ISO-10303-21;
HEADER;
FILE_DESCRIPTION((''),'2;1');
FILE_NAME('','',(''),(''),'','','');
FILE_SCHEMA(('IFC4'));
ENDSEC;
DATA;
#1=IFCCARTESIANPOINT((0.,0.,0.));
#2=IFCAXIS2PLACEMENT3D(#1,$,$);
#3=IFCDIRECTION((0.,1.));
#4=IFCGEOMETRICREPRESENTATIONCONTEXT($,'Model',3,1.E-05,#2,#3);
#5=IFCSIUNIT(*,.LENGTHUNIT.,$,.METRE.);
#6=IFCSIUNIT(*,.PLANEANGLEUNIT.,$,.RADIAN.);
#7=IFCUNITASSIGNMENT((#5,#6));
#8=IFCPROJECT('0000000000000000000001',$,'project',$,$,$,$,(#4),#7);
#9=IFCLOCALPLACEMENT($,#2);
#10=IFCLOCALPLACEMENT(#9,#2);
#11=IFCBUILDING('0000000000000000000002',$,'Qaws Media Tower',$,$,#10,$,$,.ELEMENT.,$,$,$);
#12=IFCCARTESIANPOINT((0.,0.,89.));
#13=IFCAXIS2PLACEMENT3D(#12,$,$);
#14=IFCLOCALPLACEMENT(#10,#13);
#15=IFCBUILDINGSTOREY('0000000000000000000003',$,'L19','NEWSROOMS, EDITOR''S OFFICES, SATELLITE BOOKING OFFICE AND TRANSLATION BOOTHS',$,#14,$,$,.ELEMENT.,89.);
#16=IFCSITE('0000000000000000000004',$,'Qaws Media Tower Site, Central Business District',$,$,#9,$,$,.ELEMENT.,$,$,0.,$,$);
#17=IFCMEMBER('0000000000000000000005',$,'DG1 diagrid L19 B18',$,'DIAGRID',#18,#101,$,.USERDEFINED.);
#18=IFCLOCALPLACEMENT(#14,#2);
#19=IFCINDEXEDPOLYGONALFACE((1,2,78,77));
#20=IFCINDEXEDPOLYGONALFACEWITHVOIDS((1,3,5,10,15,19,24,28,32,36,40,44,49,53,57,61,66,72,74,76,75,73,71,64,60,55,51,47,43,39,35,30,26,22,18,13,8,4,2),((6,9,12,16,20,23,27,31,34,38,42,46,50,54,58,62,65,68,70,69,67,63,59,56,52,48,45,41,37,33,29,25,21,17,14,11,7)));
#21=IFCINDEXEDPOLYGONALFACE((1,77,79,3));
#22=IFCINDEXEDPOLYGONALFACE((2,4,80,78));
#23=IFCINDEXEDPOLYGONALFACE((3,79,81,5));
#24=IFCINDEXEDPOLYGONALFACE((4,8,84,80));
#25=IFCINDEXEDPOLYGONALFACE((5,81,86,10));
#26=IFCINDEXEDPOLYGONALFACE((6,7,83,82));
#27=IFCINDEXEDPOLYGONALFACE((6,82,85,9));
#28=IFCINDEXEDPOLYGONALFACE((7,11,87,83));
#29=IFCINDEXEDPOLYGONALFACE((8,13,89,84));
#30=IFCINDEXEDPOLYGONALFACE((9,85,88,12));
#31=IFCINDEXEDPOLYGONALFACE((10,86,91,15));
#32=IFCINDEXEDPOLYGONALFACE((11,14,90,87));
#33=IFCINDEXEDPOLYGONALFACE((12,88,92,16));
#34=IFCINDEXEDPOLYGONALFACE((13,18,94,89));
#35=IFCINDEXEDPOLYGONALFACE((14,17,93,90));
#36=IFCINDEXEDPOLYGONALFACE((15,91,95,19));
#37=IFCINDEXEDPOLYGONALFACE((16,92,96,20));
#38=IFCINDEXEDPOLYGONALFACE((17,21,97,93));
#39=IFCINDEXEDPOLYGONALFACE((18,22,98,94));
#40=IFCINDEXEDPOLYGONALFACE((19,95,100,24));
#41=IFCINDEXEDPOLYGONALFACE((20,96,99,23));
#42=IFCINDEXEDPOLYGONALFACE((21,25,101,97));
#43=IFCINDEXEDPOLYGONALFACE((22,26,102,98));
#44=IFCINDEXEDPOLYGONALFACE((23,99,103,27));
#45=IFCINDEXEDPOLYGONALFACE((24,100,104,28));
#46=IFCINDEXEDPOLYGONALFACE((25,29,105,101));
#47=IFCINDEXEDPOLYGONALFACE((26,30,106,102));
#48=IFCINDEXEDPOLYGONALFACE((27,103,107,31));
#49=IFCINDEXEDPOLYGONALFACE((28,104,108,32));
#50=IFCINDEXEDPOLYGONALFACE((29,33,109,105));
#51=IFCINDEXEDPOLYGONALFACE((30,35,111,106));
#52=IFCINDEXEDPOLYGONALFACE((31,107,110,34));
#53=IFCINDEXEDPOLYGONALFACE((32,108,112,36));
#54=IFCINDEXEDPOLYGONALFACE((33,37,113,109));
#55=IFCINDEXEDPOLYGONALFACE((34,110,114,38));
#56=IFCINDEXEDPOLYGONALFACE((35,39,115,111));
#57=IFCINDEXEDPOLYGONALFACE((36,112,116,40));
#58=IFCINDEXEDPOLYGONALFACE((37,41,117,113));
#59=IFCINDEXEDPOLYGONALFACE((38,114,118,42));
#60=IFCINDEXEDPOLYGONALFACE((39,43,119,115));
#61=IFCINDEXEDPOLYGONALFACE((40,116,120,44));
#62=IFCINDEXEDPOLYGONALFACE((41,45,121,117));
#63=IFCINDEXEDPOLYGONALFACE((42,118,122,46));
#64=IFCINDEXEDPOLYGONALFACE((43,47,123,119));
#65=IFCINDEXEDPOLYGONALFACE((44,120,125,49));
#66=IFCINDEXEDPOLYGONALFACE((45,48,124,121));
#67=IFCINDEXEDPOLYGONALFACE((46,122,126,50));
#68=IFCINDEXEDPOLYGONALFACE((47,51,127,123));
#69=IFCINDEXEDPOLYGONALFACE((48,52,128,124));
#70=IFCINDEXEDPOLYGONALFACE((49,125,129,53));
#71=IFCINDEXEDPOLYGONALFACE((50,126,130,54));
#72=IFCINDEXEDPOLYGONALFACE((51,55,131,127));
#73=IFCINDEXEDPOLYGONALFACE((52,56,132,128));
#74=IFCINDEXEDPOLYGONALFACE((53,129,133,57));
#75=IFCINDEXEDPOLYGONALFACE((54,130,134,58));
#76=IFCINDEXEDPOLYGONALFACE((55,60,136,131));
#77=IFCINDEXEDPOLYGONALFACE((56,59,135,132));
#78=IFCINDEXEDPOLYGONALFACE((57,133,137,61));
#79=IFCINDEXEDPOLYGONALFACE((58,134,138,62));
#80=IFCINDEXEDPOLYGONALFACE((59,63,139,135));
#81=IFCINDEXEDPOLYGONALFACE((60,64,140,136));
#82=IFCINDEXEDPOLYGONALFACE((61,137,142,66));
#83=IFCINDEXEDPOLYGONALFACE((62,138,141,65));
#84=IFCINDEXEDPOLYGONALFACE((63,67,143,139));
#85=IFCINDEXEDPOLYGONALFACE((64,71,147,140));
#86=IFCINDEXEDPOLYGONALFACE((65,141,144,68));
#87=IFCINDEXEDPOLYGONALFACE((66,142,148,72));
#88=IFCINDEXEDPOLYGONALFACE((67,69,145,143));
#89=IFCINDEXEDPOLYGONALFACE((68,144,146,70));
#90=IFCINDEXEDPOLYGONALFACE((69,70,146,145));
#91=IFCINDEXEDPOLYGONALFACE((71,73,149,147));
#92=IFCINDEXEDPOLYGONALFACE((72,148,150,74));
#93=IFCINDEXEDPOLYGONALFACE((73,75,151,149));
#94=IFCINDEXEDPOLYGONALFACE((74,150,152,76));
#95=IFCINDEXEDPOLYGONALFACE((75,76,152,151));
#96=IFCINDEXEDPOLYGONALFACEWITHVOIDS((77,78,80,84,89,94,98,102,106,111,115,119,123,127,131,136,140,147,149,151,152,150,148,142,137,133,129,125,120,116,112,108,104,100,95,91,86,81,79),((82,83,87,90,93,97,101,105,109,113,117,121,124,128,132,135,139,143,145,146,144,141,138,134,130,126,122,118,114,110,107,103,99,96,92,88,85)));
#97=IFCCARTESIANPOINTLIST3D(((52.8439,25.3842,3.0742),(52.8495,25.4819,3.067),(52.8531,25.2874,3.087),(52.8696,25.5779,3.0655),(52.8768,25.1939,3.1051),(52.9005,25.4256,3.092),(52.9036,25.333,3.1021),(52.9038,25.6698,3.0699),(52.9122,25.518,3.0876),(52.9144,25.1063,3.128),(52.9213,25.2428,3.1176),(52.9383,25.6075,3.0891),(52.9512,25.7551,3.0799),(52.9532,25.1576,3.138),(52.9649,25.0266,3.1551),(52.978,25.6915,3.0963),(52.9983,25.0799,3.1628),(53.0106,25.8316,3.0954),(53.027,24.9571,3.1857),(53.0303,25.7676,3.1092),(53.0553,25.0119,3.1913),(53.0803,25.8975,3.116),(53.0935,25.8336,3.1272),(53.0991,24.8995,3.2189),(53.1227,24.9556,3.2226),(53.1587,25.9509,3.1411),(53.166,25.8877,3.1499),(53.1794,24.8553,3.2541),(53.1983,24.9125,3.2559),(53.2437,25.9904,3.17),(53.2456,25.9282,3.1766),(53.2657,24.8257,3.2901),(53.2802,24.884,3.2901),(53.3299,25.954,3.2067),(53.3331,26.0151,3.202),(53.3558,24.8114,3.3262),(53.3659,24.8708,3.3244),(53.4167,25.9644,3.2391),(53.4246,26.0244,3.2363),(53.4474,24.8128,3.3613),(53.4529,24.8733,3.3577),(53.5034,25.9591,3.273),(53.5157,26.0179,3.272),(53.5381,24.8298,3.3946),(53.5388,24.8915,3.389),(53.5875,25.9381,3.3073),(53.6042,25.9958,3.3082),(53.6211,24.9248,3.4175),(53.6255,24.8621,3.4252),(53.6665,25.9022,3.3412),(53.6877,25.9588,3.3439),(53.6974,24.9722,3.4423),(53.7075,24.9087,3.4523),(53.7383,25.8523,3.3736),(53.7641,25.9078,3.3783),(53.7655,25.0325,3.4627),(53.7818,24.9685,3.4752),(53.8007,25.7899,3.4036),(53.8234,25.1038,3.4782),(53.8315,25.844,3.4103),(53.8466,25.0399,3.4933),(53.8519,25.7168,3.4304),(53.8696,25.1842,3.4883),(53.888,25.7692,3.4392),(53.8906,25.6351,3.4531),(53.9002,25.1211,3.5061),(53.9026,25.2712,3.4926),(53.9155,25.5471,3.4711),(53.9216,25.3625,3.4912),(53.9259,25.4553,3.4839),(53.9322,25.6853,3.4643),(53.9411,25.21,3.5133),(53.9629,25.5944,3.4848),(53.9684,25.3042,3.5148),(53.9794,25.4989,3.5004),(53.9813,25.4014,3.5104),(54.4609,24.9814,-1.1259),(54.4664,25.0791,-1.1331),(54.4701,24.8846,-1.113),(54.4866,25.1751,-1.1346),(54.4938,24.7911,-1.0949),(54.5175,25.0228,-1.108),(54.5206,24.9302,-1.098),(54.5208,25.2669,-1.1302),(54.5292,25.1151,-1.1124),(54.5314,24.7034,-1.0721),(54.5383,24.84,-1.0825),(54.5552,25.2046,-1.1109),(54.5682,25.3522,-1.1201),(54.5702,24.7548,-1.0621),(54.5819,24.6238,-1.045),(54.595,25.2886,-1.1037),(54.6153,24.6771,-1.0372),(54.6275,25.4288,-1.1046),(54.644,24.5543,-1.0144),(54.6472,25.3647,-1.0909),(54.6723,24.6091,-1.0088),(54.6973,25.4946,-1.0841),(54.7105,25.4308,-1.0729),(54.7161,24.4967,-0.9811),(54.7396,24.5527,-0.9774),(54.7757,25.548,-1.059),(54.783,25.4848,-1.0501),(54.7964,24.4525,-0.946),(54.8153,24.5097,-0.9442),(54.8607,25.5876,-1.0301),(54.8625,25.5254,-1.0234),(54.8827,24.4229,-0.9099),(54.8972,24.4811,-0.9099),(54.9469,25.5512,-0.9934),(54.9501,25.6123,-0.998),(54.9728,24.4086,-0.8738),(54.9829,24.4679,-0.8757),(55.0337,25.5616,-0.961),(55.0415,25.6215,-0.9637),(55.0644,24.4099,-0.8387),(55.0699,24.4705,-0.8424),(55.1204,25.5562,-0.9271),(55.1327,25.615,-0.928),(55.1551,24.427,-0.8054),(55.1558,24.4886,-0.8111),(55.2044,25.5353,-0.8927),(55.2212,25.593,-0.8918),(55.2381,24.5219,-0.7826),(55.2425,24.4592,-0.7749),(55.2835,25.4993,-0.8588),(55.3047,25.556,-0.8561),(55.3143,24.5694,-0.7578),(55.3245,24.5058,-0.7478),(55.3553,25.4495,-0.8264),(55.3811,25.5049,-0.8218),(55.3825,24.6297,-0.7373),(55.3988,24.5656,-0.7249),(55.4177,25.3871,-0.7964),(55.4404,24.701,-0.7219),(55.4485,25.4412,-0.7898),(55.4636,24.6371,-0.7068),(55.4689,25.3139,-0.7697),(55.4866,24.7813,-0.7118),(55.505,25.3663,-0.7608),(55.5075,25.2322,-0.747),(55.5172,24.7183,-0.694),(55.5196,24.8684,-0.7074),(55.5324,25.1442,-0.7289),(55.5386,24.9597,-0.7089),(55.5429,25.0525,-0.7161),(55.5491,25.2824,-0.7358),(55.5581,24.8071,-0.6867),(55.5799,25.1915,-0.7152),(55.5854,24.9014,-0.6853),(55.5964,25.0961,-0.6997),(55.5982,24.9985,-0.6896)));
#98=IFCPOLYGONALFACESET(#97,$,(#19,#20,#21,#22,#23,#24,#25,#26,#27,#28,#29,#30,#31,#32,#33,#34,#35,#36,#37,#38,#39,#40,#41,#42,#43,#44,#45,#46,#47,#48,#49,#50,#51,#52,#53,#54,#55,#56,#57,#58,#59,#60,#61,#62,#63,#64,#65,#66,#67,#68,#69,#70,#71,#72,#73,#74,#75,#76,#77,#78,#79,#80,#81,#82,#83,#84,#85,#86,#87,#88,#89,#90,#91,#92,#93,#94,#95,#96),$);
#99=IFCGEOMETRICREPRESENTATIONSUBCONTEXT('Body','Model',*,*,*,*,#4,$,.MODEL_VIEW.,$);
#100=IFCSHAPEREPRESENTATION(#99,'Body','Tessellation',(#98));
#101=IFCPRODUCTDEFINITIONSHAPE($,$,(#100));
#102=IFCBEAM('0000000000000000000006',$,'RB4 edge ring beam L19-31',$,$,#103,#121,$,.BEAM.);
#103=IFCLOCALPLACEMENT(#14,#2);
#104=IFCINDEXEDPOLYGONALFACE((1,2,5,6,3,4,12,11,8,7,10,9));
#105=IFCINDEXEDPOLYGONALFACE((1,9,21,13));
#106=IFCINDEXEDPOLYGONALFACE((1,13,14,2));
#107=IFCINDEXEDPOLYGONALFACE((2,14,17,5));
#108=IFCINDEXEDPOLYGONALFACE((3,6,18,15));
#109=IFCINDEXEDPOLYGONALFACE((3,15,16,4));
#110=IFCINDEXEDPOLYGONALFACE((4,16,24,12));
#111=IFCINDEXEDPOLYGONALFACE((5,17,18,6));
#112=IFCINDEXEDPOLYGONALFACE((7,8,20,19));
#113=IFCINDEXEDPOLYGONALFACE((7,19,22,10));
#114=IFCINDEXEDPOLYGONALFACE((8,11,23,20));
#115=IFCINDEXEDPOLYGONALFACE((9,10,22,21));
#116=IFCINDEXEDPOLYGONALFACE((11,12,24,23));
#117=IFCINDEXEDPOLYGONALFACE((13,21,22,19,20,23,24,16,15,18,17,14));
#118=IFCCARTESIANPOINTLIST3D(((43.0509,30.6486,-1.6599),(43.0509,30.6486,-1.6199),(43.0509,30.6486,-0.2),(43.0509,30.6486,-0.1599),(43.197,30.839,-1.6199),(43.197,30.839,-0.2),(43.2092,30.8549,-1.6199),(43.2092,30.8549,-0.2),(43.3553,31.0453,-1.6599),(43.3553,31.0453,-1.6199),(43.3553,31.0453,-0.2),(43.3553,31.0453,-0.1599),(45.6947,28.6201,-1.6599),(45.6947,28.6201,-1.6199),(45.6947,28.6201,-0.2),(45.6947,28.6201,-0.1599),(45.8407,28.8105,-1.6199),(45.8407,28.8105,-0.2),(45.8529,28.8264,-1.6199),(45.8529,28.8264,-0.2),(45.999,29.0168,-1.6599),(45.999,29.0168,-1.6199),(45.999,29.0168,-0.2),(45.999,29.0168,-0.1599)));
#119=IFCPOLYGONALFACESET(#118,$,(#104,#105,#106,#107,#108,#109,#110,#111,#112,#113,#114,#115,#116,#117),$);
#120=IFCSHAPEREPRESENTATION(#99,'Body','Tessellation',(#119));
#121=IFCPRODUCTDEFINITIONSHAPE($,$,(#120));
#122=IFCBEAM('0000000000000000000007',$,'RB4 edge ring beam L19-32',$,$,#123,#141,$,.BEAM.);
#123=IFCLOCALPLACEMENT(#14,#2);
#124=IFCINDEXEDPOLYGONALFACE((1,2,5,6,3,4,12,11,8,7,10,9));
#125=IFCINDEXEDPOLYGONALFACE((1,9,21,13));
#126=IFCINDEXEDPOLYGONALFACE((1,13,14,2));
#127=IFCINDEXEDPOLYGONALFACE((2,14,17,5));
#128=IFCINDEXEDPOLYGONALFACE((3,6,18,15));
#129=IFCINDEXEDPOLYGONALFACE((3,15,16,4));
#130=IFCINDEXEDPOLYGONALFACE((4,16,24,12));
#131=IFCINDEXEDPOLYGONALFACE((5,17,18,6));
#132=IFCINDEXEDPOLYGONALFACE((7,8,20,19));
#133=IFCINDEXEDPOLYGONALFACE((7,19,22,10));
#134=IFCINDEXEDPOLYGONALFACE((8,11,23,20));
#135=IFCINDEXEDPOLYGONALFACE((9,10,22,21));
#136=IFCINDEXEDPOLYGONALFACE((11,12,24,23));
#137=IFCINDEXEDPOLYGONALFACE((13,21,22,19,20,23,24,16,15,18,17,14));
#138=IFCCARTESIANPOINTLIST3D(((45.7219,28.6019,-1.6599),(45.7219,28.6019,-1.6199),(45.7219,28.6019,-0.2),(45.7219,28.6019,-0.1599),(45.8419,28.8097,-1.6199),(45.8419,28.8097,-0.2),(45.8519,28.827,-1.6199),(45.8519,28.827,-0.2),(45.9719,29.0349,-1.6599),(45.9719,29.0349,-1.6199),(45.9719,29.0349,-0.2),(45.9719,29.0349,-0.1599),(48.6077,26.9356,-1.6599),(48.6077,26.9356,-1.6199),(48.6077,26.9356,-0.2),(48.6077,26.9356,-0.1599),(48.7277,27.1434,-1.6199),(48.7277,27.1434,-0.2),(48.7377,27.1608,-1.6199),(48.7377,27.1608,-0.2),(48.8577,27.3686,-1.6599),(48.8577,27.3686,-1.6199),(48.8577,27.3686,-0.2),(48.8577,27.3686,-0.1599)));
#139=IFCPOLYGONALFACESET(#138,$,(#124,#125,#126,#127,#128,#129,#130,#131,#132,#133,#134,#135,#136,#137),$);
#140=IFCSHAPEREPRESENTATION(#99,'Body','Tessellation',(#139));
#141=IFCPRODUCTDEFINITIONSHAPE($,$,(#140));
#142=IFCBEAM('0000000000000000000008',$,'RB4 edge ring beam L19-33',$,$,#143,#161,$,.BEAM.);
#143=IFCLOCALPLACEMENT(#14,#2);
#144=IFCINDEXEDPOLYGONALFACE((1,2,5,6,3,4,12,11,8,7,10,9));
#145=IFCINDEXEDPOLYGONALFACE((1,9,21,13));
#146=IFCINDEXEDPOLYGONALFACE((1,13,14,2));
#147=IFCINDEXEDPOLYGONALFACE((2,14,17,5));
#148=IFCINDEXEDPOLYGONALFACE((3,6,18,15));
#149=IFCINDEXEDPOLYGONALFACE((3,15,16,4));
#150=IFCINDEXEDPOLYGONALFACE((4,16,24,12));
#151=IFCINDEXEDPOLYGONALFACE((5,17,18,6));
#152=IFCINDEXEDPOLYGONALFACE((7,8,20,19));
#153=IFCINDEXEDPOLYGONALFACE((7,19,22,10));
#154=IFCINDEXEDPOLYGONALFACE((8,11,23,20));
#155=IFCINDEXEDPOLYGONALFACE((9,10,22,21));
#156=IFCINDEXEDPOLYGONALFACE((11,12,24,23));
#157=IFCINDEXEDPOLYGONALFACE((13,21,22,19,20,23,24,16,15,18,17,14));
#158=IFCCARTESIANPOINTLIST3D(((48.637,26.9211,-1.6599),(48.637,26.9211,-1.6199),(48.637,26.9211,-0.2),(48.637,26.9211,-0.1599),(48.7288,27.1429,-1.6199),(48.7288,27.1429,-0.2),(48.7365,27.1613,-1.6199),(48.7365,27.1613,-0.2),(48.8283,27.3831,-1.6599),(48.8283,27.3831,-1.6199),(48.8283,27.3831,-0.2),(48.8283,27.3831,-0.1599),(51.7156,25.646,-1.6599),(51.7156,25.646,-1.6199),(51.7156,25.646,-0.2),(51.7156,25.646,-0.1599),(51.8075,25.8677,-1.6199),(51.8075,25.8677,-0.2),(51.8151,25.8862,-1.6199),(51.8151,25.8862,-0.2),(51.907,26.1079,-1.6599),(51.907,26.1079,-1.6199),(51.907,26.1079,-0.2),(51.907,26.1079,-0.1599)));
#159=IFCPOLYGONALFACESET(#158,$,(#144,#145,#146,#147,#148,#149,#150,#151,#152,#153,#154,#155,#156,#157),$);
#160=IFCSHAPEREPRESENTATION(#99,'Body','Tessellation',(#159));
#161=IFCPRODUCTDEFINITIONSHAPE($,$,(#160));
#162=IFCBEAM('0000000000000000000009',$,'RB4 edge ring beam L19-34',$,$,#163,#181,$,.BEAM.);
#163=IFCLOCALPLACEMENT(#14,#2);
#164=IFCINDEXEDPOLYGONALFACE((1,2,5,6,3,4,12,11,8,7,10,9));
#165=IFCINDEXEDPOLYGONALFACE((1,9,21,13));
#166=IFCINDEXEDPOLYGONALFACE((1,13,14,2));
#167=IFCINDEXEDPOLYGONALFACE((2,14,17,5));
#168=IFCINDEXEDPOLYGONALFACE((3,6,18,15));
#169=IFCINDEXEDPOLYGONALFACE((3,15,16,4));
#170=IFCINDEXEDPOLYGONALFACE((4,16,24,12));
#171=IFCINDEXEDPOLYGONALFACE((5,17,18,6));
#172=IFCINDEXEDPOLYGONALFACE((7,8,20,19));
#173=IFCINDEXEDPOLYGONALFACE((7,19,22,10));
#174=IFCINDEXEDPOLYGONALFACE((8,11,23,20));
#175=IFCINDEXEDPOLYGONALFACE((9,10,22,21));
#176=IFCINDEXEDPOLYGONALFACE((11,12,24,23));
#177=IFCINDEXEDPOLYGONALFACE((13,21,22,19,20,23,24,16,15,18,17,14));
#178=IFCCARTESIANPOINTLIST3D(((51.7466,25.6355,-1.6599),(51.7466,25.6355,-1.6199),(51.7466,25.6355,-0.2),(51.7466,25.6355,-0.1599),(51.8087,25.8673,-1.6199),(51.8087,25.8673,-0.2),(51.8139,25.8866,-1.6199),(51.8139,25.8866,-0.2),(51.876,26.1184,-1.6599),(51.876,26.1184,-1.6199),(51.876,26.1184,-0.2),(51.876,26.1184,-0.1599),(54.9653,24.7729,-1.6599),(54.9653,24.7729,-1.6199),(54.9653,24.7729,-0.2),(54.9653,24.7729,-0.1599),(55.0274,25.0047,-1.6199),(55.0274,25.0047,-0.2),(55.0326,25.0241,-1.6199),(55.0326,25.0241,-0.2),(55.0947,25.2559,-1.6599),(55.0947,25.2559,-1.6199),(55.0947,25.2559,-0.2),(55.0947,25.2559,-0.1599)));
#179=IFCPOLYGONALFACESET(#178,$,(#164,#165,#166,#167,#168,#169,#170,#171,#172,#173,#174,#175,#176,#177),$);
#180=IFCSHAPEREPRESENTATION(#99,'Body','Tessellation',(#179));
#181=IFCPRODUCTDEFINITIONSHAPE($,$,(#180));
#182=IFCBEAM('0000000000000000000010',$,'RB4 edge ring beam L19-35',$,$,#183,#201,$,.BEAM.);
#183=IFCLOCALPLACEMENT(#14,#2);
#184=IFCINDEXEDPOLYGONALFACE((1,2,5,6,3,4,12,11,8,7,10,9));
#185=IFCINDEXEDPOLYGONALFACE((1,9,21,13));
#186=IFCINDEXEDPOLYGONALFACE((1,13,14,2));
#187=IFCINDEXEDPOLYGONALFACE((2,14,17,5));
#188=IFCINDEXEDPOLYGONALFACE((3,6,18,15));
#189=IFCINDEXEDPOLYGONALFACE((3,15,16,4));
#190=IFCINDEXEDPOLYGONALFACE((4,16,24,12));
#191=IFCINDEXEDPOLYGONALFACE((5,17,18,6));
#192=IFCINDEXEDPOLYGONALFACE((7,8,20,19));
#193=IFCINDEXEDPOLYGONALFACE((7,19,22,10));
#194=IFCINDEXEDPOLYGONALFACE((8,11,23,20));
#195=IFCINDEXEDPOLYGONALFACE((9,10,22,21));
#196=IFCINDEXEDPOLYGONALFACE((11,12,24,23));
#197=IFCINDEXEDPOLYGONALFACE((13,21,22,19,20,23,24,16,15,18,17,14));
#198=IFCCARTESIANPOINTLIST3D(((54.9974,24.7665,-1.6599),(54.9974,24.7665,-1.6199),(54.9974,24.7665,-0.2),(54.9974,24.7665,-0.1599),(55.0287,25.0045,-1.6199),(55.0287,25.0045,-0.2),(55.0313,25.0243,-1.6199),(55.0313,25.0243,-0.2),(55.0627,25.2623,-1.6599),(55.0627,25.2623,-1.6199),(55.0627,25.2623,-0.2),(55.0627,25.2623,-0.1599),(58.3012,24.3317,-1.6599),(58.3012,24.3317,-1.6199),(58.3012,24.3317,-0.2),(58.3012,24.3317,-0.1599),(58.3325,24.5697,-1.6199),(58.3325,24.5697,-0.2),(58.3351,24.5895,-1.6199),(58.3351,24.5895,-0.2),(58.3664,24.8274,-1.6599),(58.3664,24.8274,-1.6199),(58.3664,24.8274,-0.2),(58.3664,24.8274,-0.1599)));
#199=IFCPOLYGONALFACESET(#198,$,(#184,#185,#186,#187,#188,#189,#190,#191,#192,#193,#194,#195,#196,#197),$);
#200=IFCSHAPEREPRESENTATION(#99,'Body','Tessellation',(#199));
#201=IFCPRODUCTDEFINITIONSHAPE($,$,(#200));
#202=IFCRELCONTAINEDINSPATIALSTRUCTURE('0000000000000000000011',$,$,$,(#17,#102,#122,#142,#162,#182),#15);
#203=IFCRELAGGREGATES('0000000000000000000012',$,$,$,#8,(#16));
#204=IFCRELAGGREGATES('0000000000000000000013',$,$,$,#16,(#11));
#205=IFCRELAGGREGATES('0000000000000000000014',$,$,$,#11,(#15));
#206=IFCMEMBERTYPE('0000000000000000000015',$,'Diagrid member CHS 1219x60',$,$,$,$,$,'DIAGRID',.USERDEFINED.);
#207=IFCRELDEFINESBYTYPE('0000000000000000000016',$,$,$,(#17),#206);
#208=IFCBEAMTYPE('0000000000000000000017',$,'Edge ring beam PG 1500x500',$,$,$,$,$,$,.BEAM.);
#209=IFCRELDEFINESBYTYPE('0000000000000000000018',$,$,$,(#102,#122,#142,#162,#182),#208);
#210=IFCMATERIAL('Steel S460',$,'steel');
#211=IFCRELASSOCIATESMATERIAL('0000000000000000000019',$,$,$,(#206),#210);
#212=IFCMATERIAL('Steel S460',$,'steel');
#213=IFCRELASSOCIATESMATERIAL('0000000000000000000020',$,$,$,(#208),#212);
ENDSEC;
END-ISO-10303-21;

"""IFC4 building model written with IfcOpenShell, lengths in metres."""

from ifc_helpers import new_model, si_unit, direction, frame, origin, origin_2d, place, context, subcontext, project, spatial, hollow_circle, i_section, extrude, material, material_profile, profile_set, type_object, element, save


model = new_model("IFC4")

# Units and contexts
model_context = context("Model", 3, precision=1e-05, world=origin(), true_north=direction((0.0, 1.0)))
body_context = subcontext(model_context, "Body", "Model", "MODEL_VIEW")
ifc_project = project(units=[si_unit("LENGTHUNIT", "METRE"), si_unit("PLANEANGLEUNIT", "RADIAN")], contexts=[model_context])

# Site, building, storey
site_placement = place(None, origin())
site = spatial("IfcSite", under=ifc_project, at=site_placement, Name="Qaws Media Tower Site, Central Business District", CompositionType="ELEMENT", RefElevation=0.0)
building_placement = place(site_placement, origin())
building = spatial("IfcBuilding", under=site, at=building_placement, Name="Qaws Media Tower", CompositionType="ELEMENT")
storey_placement = place(building_placement, frame((0.0, 0.0, 89.0)))
storey = spatial("IfcBuildingStorey", under=building, at=storey_placement, Name="L19", Description="NEWSROOMS, EDITOR'S OFFICES, SATELLITE BOOKING OFFICE AND TRANSLATION BOOTHS", CompositionType="ELEMENT", Elevation=89.0)

# Member
ifc_material_1 = material(Name="Steel S460", Category="steel")
ifc_material_profile_1 = material_profile(ifc_material_1, hollow_circle(Radius=0.6096, WallThickness=0.0601, at=origin_2d()), Name="CHS 1219x60")
ifc_profile_set_1 = profile_set([ifc_material_profile_1], Name="Steel S460")
member_type_1 = type_object("IfcMemberType", Name="Diagrid member CHS 1219x60", ElementType="DIAGRID", PredefinedType="USERDEFINED", material=ifc_profile_set_1)
for number, where, z_axis, x_axis, name in (
    (1, (55.03, 25.0144, -0.9099), (-0.357854, 0.089153, 0.929512), (-0.241743, -0.97034, 0.0), "DG1 diagrid L19 B18"),
):
    element("IfcMember", number, at=place(storey_placement, frame(where, z_axis=z_axis, x_axis=x_axis)), inside=storey, type_object=member_type_1, Name=name, ObjectType="DIAGRID", PredefinedType="USERDEFINED", context=body_context, shape_type="SweptSolid", body=[
        extrude(hollow_circle(Radius=0.6096, WallThickness=0.0601, at=origin_2d()), origin(), (0.0, 0.0, 1.0), 4.5186),
    ])

# Beams
ifc_material_2 = material(Name="Steel S460", Category="steel")
ifc_material_profile_2 = material_profile(ifc_material_2, i_section(OverallWidth=0.5, OverallDepth=1.5, WebThickness=0.02, FlangeThickness=0.04, at=origin_2d()), Name="PG 1500x500")
ifc_profile_set_2 = profile_set([ifc_material_profile_2], Name="Steel S460")
beam_type = type_object("IfcBeamType", Name="Edge ring beam PG 1500x500", PredefinedType="BEAM", material=ifc_profile_set_2)
for number, where, z_axis, x_axis, name in (
    (2, (43.2031, 30.8469, -0.9099), (0.793367, -0.608744, 0.0), (0.608744, 0.793367, 0.0), "RB4 edge ring beam L19-31"),
    (3, (45.8469, 28.8184, -0.9099), (0.866003, -0.50004, 0.0), (0.50004, 0.866003, 0.0), "RB4 edge ring beam L19-32"),
    (4, (48.7327, 27.1521, -0.9099), (0.923886, -0.382669, 0.0), (0.382669, 0.923886, 0.0), "RB4 edge ring beam L19-33"),
    (5, (51.8113, 25.877, -0.9099), (0.965919, -0.258844, 0.0), (0.258844, 0.965919, 0.0), "RB4 edge ring beam L19-34"),
    (6, (55.03, 25.0144, -0.9099), (0.99145, -0.130489, 0.0), (0.130489, 0.99145, 0.0), "RB4 edge ring beam L19-35"),
):
    element("IfcBeam", number, at=place(storey_placement, frame(where, z_axis=z_axis, x_axis=x_axis)), inside=storey, type_object=beam_type, Name=name, PredefinedType="BEAM", context=body_context, shape_type="SweptSolid", body=[
        extrude(i_section(OverallWidth=0.5, OverallDepth=1.5, WebThickness=0.02, FlangeThickness=0.04, at=origin_2d()), origin(), (0.0, 0.0, 1.0), 3.3323),
    ])

save(model, "model.ifc")
